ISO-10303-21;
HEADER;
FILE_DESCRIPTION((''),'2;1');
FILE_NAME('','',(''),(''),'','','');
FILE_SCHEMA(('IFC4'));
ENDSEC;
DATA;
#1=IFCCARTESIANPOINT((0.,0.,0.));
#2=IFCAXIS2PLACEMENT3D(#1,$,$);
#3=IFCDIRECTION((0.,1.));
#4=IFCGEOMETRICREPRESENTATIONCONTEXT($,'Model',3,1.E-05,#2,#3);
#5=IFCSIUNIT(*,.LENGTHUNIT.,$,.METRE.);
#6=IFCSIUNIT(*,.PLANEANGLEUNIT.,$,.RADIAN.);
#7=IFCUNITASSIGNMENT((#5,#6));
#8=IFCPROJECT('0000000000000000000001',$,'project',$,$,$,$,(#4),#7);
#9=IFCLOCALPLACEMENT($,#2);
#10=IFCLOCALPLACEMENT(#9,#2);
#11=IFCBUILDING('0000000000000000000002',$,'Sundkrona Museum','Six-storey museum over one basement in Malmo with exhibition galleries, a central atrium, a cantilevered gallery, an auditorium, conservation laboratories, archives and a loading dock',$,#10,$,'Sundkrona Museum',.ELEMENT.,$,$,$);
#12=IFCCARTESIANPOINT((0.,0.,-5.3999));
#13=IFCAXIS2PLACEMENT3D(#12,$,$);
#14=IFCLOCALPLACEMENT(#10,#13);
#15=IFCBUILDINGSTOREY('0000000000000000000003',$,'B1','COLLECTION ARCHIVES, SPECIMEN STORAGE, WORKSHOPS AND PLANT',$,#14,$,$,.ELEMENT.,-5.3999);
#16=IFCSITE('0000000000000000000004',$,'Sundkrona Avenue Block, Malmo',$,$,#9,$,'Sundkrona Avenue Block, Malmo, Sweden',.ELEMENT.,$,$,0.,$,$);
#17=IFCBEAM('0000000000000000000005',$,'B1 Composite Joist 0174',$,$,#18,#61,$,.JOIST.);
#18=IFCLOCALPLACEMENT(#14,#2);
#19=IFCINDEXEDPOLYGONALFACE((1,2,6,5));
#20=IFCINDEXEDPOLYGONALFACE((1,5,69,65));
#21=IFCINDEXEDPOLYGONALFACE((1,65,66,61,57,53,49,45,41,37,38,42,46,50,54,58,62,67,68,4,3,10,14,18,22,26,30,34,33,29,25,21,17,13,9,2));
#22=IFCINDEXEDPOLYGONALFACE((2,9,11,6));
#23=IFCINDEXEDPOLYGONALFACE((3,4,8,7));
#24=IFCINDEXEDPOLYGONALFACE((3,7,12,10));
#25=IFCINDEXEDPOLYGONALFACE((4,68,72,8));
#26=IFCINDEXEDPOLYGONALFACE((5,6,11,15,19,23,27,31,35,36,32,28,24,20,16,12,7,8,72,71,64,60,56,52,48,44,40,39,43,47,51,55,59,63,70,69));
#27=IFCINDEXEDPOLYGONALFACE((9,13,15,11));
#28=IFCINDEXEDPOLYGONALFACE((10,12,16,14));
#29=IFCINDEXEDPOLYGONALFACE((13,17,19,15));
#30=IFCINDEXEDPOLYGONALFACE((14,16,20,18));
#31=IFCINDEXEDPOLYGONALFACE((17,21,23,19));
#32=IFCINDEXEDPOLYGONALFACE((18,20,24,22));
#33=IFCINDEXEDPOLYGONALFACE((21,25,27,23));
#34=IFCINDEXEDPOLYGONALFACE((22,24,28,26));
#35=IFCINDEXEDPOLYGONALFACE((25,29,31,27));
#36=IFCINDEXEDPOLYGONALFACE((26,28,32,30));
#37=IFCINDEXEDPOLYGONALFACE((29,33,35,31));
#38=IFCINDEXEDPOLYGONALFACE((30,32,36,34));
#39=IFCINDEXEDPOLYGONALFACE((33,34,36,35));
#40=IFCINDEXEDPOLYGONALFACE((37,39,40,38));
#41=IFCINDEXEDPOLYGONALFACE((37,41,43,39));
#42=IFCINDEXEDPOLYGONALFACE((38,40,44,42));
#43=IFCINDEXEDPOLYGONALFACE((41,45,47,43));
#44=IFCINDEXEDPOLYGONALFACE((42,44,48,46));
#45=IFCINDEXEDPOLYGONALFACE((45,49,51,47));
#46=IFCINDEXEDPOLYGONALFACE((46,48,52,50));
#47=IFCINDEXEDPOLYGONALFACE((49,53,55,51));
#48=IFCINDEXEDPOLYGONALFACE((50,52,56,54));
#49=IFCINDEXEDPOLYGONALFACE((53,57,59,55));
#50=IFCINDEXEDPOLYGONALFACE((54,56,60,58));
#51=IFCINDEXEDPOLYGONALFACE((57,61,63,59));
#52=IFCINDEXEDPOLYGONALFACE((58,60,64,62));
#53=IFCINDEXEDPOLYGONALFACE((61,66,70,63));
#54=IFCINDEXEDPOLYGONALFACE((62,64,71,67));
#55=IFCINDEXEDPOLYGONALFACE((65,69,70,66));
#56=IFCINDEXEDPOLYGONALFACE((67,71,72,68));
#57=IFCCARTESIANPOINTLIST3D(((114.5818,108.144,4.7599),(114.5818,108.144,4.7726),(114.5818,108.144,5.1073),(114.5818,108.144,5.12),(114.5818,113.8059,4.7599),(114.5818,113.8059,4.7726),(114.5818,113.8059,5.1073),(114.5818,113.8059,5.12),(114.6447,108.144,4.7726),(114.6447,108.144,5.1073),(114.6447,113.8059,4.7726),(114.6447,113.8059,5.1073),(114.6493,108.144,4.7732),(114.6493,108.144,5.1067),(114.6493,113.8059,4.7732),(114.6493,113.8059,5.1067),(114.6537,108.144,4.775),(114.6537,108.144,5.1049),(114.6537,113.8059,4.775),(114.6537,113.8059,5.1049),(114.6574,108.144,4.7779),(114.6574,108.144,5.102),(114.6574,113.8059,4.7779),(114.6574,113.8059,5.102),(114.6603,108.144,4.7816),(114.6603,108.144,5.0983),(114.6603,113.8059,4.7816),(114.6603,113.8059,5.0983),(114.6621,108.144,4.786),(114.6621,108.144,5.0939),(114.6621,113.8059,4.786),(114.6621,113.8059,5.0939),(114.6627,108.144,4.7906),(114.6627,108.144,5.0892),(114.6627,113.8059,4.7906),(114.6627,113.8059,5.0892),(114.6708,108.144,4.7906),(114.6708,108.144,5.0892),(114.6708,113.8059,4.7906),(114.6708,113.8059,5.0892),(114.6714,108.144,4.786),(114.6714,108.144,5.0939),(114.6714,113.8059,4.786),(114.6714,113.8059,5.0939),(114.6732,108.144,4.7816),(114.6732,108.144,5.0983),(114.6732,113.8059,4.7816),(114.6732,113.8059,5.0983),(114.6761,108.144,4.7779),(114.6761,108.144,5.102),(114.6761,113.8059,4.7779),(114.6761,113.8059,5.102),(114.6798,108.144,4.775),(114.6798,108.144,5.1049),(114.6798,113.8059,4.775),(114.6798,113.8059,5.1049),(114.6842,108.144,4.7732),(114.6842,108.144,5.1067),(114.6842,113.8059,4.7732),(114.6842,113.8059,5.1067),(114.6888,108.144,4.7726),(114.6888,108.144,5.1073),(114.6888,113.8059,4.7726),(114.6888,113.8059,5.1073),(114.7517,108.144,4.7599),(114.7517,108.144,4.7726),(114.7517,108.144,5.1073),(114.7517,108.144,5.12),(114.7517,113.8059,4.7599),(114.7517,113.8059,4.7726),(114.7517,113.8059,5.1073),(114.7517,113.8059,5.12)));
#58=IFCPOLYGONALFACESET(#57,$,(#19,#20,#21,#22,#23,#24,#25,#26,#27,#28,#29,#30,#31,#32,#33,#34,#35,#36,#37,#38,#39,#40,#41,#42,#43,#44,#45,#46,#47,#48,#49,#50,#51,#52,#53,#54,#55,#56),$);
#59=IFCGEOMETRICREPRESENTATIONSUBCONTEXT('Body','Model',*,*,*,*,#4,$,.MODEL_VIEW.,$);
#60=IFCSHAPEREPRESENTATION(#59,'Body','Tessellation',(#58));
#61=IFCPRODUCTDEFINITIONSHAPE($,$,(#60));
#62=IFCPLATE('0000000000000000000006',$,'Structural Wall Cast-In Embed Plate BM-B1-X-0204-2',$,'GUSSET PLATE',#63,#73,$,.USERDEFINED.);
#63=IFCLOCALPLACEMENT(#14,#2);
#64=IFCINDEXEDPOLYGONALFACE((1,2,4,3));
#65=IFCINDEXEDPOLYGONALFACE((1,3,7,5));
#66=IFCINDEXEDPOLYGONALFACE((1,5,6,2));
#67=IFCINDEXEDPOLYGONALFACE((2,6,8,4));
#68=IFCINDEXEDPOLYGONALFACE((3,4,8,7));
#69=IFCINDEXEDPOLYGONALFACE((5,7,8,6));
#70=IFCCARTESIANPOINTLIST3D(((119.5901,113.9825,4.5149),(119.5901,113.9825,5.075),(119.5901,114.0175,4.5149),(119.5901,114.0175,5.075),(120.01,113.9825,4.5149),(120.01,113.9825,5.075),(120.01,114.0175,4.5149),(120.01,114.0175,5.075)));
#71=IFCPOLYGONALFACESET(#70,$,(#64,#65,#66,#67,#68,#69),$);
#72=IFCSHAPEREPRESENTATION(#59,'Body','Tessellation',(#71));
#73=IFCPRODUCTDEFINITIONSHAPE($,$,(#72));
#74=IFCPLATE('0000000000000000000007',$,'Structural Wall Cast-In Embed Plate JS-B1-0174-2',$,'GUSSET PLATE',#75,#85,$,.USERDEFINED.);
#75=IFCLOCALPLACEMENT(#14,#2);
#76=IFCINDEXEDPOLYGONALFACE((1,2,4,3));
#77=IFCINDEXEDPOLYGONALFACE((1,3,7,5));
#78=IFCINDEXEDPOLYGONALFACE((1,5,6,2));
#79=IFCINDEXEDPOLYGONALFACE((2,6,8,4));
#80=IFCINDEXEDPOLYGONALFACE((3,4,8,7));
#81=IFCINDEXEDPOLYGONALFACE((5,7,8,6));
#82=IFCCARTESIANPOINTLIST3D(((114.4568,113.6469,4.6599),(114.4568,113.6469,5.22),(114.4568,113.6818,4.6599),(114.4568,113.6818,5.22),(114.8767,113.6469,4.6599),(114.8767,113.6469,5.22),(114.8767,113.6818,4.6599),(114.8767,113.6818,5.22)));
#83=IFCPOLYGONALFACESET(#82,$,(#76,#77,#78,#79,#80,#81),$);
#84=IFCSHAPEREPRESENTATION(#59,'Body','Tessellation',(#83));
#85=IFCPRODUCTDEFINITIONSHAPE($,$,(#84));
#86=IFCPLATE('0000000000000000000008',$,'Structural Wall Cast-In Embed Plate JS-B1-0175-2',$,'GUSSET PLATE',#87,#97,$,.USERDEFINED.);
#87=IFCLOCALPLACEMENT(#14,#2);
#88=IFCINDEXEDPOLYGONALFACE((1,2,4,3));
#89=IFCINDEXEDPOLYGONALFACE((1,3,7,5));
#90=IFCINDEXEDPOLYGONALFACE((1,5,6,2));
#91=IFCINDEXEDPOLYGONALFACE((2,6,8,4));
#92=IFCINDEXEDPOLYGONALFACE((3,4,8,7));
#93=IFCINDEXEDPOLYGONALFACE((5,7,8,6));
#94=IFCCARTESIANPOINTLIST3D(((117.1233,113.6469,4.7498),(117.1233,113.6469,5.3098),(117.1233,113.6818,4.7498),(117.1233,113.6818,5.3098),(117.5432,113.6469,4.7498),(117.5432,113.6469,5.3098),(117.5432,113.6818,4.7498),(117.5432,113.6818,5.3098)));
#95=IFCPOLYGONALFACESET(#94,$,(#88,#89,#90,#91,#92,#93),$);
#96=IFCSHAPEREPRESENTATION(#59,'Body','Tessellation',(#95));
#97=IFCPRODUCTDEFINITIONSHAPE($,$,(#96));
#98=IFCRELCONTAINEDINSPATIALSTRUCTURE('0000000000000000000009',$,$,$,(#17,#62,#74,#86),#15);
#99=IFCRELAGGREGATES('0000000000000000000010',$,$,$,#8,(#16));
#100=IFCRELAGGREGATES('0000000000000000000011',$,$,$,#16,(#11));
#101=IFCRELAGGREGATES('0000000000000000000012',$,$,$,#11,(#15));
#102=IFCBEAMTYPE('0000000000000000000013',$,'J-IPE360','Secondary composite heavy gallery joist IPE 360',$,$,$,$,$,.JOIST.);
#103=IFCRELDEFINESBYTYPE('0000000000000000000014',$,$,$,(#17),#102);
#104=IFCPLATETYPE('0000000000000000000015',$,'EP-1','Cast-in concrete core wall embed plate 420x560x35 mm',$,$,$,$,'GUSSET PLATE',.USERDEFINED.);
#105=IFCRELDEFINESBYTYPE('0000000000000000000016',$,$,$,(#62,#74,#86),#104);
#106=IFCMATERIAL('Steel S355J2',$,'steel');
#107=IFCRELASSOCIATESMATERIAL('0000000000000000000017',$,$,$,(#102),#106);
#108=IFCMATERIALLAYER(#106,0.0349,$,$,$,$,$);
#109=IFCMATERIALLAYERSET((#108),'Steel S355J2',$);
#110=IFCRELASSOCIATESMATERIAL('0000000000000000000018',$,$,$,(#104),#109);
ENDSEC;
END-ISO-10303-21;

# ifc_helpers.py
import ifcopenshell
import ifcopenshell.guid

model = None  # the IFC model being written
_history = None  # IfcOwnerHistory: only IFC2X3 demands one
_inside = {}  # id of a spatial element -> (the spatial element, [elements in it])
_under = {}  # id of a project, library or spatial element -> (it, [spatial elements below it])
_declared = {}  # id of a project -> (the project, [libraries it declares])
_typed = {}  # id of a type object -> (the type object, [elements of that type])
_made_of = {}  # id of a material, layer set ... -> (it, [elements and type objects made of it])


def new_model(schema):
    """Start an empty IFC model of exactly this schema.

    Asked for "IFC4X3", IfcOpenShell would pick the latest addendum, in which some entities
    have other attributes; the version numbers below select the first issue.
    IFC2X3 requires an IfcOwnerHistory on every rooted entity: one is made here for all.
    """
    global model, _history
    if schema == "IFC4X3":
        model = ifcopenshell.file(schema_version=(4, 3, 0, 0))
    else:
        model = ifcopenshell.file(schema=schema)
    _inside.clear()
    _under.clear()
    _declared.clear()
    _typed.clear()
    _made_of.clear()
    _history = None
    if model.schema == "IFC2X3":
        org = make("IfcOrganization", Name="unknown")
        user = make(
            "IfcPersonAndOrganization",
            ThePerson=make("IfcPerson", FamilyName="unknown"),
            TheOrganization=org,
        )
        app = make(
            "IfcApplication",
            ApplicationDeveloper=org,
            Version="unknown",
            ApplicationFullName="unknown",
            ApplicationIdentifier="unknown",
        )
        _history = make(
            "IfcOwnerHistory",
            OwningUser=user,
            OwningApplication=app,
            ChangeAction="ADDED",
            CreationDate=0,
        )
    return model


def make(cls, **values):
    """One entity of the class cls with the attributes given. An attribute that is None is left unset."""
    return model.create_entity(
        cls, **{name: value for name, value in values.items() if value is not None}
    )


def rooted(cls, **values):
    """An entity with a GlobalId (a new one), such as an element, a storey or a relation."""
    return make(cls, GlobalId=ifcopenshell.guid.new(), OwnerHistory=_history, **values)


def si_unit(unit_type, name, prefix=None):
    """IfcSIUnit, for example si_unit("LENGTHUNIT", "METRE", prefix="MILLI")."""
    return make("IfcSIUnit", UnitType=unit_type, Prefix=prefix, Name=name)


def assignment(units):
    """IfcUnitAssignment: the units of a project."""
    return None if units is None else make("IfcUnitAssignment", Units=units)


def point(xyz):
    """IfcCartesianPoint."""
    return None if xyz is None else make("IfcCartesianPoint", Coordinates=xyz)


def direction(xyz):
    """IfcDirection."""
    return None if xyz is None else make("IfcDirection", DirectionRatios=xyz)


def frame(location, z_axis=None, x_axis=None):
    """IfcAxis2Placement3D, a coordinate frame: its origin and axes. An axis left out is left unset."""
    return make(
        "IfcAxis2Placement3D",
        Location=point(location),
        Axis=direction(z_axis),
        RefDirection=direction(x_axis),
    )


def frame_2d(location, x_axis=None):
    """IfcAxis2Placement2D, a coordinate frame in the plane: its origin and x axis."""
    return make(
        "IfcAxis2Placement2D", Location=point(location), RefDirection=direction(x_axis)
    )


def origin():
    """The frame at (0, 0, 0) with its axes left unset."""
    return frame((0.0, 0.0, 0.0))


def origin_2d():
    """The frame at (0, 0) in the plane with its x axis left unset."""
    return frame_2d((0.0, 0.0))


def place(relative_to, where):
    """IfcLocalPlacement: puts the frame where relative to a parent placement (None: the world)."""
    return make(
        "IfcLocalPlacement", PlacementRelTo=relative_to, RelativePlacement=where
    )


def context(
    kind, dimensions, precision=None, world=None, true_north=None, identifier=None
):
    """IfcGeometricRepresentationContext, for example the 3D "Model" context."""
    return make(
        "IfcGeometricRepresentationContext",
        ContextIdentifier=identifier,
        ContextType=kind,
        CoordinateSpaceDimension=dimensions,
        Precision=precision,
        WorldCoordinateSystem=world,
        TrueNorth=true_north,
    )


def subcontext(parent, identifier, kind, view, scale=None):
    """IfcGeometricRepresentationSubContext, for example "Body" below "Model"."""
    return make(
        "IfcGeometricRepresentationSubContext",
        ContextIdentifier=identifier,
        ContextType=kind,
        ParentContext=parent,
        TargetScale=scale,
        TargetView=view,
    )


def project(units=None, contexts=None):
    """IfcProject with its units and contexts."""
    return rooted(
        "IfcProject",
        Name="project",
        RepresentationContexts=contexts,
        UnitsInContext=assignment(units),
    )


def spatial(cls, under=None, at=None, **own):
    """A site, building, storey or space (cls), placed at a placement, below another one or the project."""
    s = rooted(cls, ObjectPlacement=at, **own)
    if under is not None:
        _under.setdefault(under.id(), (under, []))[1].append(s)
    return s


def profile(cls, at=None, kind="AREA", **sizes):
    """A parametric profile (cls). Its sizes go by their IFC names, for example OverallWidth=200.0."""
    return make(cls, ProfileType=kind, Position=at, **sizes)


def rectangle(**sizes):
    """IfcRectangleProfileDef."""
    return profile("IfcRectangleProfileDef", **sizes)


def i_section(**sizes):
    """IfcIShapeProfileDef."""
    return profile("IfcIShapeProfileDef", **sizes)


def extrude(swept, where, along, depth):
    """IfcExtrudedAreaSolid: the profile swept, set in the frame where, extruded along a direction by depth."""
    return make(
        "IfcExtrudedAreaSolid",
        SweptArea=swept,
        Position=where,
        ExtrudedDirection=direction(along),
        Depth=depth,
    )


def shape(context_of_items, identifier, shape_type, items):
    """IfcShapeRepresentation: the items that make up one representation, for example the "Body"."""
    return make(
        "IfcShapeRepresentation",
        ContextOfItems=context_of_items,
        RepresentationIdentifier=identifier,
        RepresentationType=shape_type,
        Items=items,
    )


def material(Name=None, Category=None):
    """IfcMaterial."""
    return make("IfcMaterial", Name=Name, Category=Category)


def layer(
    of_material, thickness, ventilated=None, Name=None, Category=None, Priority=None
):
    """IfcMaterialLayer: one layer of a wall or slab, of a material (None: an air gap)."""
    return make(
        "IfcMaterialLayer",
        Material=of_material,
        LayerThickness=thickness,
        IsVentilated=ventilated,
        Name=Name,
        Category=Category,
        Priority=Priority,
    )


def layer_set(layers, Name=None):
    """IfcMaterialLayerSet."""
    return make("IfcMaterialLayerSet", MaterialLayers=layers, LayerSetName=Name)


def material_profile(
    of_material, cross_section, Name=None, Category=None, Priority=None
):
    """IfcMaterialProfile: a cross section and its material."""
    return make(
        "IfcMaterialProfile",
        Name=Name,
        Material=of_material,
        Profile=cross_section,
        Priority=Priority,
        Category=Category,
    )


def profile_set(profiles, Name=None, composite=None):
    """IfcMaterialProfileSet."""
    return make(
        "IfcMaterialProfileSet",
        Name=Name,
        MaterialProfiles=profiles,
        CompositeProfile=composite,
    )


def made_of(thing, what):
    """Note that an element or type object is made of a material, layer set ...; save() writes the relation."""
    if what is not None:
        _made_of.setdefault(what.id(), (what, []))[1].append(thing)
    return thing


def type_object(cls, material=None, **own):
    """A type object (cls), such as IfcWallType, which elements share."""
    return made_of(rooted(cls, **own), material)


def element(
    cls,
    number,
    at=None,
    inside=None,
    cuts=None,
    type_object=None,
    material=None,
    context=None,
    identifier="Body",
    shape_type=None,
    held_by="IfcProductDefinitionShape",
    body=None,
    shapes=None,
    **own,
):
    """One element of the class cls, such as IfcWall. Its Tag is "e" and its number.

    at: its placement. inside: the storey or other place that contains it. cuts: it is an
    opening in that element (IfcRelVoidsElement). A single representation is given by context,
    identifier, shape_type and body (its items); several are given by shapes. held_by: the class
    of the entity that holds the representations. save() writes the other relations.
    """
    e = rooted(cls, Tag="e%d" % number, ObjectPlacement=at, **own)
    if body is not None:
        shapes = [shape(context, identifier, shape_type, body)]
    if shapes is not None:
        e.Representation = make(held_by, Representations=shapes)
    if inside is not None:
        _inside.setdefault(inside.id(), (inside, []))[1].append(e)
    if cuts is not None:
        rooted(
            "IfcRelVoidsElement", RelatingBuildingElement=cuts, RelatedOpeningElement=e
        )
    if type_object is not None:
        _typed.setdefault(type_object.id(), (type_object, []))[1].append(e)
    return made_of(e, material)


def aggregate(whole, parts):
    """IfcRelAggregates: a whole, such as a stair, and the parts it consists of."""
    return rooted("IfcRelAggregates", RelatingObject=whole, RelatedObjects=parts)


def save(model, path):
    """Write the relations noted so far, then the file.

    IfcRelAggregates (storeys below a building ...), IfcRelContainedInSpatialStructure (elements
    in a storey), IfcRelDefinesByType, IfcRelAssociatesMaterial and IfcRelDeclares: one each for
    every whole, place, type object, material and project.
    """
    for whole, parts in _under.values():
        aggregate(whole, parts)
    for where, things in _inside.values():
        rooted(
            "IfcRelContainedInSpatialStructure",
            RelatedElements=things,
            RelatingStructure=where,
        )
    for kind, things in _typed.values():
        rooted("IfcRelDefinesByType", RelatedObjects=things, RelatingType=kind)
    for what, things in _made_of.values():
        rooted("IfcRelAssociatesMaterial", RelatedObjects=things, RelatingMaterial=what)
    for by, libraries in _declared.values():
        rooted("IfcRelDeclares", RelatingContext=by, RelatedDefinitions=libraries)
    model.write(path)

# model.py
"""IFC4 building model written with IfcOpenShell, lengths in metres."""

from ifc_helpers import new_model, si_unit, direction, frame, origin, origin_2d, place, context, subcontext, project, spatial, rectangle, i_section, extrude, material, layer, layer_set, material_profile, profile_set, type_object, element, save


model = new_model("IFC4")

# Units and contexts
model_context = context("Model", 3, precision=1e-05, world=origin(), true_north=direction((0.0, 1.0)))
body_context = subcontext(model_context, "Body", "Model", "MODEL_VIEW")
ifc_project = project(units=[si_unit("LENGTHUNIT", "METRE"), si_unit("PLANEANGLEUNIT", "RADIAN")], contexts=[model_context])

# Site, building, storey
site_placement = place(None, origin())
site = spatial("IfcSite", under=ifc_project, at=site_placement, Name="Sundkrona Avenue Block, Malmo", LongName="Sundkrona Avenue Block, Malmo, Sweden", CompositionType="ELEMENT", RefElevation=0.0)
building_placement = place(site_placement, origin())
building = spatial("IfcBuilding", under=site, at=building_placement, Name="Sundkrona Museum", Description="Six-storey museum over one basement in Malmo with exhibition galleries, a central atrium, a cantilevered gallery, an auditorium, conservation laboratories, archives and a loading dock", LongName="Sundkrona Museum", CompositionType="ELEMENT")
storey_placement = place(building_placement, frame((0.0, 0.0, -5.3999)))
storey = spatial("IfcBuildingStorey", under=building, at=storey_placement, Name="B1", Description="COLLECTION ARCHIVES, SPECIMEN STORAGE, WORKSHOPS AND PLANT", CompositionType="ELEMENT", Elevation=-5.3999)

# Beam
ifc_material_1 = material(Name="Steel S355J2", Category="steel")
ifc_material_profile_1 = material_profile(ifc_material_1, i_section(OverallWidth=0.1699, OverallDepth=0.3601, WebThickness=0.0081, FlangeThickness=0.0127, FilletRadius=0.0181, at=origin_2d()), Name="IPE 360")
ifc_profile_set_1 = profile_set([ifc_material_profile_1], Name="Steel S355J2")
beam_type_1 = type_object("IfcBeamType", Name="J-IPE360", Description="Secondary composite heavy gallery joist IPE 360", PredefinedType="JOIST", material=ifc_profile_set_1)
beam_1_placement = place(storey_placement, frame((114.6667, 108.144, 4.9399), z_axis=(0.0, 1.0, 0.0), x_axis=(-1.0, 0.0, 0.0)))
element("IfcBeam", 1, at=beam_1_placement, inside=storey, type_object=beam_type_1, Name="B1 Composite Joist 0174", PredefinedType="JOIST", context=body_context, shape_type="SweptSolid", body=[
    extrude(i_section(OverallWidth=0.1699, OverallDepth=0.3601, WebThickness=0.0081, FlangeThickness=0.0127, FilletRadius=0.0181, at=origin_2d()), origin(), (0.0, 0.0, 1.0), 5.6619),
])

# Plates
ifc_layer = layer(ifc_material_1, 0.0349)
ifc_layer_set = layer_set([ifc_layer], Name="Steel S355J2")
plate_type = type_object("IfcPlateType", Name="EP-1", Description="Cast-in concrete core wall embed plate 420x560x35 mm", ElementType="GUSSET PLATE", PredefinedType="USERDEFINED", material=ifc_layer_set)
for number, where, z_axis, x_axis, name in (
    (2, (119.8, 114.0, 4.5149), (0.0, 0.0, 1.0), (1.0, 0.0, 0.0), "Structural Wall Cast-In Embed Plate BM-B1-X-0204-2"),
    (3, (114.6667, 113.6643, 4.6599), (0.0, 0.0, 1.0), (1.0, 0.0, 0.0), "Structural Wall Cast-In Embed Plate JS-B1-0174-2"),
    (4, (117.3333, 113.6643, 4.7498), (0.0, 0.0, 1.0), (1.0, 0.0, 0.0), "Structural Wall Cast-In Embed Plate JS-B1-0175-2"),
):
    element("IfcPlate", number, at=place(storey_placement, frame(where, z_axis=z_axis, x_axis=x_axis)), inside=storey, type_object=plate_type, Name=name, ObjectType="GUSSET PLATE", PredefinedType="USERDEFINED", context=body_context, shape_type="SweptSolid", body=[
        extrude(rectangle(XDim=0.4199, YDim=0.0349, at=origin_2d()), origin(), (0.0, 0.0, 1.0), 0.5601),
    ])

save(model, "model.ifc")
